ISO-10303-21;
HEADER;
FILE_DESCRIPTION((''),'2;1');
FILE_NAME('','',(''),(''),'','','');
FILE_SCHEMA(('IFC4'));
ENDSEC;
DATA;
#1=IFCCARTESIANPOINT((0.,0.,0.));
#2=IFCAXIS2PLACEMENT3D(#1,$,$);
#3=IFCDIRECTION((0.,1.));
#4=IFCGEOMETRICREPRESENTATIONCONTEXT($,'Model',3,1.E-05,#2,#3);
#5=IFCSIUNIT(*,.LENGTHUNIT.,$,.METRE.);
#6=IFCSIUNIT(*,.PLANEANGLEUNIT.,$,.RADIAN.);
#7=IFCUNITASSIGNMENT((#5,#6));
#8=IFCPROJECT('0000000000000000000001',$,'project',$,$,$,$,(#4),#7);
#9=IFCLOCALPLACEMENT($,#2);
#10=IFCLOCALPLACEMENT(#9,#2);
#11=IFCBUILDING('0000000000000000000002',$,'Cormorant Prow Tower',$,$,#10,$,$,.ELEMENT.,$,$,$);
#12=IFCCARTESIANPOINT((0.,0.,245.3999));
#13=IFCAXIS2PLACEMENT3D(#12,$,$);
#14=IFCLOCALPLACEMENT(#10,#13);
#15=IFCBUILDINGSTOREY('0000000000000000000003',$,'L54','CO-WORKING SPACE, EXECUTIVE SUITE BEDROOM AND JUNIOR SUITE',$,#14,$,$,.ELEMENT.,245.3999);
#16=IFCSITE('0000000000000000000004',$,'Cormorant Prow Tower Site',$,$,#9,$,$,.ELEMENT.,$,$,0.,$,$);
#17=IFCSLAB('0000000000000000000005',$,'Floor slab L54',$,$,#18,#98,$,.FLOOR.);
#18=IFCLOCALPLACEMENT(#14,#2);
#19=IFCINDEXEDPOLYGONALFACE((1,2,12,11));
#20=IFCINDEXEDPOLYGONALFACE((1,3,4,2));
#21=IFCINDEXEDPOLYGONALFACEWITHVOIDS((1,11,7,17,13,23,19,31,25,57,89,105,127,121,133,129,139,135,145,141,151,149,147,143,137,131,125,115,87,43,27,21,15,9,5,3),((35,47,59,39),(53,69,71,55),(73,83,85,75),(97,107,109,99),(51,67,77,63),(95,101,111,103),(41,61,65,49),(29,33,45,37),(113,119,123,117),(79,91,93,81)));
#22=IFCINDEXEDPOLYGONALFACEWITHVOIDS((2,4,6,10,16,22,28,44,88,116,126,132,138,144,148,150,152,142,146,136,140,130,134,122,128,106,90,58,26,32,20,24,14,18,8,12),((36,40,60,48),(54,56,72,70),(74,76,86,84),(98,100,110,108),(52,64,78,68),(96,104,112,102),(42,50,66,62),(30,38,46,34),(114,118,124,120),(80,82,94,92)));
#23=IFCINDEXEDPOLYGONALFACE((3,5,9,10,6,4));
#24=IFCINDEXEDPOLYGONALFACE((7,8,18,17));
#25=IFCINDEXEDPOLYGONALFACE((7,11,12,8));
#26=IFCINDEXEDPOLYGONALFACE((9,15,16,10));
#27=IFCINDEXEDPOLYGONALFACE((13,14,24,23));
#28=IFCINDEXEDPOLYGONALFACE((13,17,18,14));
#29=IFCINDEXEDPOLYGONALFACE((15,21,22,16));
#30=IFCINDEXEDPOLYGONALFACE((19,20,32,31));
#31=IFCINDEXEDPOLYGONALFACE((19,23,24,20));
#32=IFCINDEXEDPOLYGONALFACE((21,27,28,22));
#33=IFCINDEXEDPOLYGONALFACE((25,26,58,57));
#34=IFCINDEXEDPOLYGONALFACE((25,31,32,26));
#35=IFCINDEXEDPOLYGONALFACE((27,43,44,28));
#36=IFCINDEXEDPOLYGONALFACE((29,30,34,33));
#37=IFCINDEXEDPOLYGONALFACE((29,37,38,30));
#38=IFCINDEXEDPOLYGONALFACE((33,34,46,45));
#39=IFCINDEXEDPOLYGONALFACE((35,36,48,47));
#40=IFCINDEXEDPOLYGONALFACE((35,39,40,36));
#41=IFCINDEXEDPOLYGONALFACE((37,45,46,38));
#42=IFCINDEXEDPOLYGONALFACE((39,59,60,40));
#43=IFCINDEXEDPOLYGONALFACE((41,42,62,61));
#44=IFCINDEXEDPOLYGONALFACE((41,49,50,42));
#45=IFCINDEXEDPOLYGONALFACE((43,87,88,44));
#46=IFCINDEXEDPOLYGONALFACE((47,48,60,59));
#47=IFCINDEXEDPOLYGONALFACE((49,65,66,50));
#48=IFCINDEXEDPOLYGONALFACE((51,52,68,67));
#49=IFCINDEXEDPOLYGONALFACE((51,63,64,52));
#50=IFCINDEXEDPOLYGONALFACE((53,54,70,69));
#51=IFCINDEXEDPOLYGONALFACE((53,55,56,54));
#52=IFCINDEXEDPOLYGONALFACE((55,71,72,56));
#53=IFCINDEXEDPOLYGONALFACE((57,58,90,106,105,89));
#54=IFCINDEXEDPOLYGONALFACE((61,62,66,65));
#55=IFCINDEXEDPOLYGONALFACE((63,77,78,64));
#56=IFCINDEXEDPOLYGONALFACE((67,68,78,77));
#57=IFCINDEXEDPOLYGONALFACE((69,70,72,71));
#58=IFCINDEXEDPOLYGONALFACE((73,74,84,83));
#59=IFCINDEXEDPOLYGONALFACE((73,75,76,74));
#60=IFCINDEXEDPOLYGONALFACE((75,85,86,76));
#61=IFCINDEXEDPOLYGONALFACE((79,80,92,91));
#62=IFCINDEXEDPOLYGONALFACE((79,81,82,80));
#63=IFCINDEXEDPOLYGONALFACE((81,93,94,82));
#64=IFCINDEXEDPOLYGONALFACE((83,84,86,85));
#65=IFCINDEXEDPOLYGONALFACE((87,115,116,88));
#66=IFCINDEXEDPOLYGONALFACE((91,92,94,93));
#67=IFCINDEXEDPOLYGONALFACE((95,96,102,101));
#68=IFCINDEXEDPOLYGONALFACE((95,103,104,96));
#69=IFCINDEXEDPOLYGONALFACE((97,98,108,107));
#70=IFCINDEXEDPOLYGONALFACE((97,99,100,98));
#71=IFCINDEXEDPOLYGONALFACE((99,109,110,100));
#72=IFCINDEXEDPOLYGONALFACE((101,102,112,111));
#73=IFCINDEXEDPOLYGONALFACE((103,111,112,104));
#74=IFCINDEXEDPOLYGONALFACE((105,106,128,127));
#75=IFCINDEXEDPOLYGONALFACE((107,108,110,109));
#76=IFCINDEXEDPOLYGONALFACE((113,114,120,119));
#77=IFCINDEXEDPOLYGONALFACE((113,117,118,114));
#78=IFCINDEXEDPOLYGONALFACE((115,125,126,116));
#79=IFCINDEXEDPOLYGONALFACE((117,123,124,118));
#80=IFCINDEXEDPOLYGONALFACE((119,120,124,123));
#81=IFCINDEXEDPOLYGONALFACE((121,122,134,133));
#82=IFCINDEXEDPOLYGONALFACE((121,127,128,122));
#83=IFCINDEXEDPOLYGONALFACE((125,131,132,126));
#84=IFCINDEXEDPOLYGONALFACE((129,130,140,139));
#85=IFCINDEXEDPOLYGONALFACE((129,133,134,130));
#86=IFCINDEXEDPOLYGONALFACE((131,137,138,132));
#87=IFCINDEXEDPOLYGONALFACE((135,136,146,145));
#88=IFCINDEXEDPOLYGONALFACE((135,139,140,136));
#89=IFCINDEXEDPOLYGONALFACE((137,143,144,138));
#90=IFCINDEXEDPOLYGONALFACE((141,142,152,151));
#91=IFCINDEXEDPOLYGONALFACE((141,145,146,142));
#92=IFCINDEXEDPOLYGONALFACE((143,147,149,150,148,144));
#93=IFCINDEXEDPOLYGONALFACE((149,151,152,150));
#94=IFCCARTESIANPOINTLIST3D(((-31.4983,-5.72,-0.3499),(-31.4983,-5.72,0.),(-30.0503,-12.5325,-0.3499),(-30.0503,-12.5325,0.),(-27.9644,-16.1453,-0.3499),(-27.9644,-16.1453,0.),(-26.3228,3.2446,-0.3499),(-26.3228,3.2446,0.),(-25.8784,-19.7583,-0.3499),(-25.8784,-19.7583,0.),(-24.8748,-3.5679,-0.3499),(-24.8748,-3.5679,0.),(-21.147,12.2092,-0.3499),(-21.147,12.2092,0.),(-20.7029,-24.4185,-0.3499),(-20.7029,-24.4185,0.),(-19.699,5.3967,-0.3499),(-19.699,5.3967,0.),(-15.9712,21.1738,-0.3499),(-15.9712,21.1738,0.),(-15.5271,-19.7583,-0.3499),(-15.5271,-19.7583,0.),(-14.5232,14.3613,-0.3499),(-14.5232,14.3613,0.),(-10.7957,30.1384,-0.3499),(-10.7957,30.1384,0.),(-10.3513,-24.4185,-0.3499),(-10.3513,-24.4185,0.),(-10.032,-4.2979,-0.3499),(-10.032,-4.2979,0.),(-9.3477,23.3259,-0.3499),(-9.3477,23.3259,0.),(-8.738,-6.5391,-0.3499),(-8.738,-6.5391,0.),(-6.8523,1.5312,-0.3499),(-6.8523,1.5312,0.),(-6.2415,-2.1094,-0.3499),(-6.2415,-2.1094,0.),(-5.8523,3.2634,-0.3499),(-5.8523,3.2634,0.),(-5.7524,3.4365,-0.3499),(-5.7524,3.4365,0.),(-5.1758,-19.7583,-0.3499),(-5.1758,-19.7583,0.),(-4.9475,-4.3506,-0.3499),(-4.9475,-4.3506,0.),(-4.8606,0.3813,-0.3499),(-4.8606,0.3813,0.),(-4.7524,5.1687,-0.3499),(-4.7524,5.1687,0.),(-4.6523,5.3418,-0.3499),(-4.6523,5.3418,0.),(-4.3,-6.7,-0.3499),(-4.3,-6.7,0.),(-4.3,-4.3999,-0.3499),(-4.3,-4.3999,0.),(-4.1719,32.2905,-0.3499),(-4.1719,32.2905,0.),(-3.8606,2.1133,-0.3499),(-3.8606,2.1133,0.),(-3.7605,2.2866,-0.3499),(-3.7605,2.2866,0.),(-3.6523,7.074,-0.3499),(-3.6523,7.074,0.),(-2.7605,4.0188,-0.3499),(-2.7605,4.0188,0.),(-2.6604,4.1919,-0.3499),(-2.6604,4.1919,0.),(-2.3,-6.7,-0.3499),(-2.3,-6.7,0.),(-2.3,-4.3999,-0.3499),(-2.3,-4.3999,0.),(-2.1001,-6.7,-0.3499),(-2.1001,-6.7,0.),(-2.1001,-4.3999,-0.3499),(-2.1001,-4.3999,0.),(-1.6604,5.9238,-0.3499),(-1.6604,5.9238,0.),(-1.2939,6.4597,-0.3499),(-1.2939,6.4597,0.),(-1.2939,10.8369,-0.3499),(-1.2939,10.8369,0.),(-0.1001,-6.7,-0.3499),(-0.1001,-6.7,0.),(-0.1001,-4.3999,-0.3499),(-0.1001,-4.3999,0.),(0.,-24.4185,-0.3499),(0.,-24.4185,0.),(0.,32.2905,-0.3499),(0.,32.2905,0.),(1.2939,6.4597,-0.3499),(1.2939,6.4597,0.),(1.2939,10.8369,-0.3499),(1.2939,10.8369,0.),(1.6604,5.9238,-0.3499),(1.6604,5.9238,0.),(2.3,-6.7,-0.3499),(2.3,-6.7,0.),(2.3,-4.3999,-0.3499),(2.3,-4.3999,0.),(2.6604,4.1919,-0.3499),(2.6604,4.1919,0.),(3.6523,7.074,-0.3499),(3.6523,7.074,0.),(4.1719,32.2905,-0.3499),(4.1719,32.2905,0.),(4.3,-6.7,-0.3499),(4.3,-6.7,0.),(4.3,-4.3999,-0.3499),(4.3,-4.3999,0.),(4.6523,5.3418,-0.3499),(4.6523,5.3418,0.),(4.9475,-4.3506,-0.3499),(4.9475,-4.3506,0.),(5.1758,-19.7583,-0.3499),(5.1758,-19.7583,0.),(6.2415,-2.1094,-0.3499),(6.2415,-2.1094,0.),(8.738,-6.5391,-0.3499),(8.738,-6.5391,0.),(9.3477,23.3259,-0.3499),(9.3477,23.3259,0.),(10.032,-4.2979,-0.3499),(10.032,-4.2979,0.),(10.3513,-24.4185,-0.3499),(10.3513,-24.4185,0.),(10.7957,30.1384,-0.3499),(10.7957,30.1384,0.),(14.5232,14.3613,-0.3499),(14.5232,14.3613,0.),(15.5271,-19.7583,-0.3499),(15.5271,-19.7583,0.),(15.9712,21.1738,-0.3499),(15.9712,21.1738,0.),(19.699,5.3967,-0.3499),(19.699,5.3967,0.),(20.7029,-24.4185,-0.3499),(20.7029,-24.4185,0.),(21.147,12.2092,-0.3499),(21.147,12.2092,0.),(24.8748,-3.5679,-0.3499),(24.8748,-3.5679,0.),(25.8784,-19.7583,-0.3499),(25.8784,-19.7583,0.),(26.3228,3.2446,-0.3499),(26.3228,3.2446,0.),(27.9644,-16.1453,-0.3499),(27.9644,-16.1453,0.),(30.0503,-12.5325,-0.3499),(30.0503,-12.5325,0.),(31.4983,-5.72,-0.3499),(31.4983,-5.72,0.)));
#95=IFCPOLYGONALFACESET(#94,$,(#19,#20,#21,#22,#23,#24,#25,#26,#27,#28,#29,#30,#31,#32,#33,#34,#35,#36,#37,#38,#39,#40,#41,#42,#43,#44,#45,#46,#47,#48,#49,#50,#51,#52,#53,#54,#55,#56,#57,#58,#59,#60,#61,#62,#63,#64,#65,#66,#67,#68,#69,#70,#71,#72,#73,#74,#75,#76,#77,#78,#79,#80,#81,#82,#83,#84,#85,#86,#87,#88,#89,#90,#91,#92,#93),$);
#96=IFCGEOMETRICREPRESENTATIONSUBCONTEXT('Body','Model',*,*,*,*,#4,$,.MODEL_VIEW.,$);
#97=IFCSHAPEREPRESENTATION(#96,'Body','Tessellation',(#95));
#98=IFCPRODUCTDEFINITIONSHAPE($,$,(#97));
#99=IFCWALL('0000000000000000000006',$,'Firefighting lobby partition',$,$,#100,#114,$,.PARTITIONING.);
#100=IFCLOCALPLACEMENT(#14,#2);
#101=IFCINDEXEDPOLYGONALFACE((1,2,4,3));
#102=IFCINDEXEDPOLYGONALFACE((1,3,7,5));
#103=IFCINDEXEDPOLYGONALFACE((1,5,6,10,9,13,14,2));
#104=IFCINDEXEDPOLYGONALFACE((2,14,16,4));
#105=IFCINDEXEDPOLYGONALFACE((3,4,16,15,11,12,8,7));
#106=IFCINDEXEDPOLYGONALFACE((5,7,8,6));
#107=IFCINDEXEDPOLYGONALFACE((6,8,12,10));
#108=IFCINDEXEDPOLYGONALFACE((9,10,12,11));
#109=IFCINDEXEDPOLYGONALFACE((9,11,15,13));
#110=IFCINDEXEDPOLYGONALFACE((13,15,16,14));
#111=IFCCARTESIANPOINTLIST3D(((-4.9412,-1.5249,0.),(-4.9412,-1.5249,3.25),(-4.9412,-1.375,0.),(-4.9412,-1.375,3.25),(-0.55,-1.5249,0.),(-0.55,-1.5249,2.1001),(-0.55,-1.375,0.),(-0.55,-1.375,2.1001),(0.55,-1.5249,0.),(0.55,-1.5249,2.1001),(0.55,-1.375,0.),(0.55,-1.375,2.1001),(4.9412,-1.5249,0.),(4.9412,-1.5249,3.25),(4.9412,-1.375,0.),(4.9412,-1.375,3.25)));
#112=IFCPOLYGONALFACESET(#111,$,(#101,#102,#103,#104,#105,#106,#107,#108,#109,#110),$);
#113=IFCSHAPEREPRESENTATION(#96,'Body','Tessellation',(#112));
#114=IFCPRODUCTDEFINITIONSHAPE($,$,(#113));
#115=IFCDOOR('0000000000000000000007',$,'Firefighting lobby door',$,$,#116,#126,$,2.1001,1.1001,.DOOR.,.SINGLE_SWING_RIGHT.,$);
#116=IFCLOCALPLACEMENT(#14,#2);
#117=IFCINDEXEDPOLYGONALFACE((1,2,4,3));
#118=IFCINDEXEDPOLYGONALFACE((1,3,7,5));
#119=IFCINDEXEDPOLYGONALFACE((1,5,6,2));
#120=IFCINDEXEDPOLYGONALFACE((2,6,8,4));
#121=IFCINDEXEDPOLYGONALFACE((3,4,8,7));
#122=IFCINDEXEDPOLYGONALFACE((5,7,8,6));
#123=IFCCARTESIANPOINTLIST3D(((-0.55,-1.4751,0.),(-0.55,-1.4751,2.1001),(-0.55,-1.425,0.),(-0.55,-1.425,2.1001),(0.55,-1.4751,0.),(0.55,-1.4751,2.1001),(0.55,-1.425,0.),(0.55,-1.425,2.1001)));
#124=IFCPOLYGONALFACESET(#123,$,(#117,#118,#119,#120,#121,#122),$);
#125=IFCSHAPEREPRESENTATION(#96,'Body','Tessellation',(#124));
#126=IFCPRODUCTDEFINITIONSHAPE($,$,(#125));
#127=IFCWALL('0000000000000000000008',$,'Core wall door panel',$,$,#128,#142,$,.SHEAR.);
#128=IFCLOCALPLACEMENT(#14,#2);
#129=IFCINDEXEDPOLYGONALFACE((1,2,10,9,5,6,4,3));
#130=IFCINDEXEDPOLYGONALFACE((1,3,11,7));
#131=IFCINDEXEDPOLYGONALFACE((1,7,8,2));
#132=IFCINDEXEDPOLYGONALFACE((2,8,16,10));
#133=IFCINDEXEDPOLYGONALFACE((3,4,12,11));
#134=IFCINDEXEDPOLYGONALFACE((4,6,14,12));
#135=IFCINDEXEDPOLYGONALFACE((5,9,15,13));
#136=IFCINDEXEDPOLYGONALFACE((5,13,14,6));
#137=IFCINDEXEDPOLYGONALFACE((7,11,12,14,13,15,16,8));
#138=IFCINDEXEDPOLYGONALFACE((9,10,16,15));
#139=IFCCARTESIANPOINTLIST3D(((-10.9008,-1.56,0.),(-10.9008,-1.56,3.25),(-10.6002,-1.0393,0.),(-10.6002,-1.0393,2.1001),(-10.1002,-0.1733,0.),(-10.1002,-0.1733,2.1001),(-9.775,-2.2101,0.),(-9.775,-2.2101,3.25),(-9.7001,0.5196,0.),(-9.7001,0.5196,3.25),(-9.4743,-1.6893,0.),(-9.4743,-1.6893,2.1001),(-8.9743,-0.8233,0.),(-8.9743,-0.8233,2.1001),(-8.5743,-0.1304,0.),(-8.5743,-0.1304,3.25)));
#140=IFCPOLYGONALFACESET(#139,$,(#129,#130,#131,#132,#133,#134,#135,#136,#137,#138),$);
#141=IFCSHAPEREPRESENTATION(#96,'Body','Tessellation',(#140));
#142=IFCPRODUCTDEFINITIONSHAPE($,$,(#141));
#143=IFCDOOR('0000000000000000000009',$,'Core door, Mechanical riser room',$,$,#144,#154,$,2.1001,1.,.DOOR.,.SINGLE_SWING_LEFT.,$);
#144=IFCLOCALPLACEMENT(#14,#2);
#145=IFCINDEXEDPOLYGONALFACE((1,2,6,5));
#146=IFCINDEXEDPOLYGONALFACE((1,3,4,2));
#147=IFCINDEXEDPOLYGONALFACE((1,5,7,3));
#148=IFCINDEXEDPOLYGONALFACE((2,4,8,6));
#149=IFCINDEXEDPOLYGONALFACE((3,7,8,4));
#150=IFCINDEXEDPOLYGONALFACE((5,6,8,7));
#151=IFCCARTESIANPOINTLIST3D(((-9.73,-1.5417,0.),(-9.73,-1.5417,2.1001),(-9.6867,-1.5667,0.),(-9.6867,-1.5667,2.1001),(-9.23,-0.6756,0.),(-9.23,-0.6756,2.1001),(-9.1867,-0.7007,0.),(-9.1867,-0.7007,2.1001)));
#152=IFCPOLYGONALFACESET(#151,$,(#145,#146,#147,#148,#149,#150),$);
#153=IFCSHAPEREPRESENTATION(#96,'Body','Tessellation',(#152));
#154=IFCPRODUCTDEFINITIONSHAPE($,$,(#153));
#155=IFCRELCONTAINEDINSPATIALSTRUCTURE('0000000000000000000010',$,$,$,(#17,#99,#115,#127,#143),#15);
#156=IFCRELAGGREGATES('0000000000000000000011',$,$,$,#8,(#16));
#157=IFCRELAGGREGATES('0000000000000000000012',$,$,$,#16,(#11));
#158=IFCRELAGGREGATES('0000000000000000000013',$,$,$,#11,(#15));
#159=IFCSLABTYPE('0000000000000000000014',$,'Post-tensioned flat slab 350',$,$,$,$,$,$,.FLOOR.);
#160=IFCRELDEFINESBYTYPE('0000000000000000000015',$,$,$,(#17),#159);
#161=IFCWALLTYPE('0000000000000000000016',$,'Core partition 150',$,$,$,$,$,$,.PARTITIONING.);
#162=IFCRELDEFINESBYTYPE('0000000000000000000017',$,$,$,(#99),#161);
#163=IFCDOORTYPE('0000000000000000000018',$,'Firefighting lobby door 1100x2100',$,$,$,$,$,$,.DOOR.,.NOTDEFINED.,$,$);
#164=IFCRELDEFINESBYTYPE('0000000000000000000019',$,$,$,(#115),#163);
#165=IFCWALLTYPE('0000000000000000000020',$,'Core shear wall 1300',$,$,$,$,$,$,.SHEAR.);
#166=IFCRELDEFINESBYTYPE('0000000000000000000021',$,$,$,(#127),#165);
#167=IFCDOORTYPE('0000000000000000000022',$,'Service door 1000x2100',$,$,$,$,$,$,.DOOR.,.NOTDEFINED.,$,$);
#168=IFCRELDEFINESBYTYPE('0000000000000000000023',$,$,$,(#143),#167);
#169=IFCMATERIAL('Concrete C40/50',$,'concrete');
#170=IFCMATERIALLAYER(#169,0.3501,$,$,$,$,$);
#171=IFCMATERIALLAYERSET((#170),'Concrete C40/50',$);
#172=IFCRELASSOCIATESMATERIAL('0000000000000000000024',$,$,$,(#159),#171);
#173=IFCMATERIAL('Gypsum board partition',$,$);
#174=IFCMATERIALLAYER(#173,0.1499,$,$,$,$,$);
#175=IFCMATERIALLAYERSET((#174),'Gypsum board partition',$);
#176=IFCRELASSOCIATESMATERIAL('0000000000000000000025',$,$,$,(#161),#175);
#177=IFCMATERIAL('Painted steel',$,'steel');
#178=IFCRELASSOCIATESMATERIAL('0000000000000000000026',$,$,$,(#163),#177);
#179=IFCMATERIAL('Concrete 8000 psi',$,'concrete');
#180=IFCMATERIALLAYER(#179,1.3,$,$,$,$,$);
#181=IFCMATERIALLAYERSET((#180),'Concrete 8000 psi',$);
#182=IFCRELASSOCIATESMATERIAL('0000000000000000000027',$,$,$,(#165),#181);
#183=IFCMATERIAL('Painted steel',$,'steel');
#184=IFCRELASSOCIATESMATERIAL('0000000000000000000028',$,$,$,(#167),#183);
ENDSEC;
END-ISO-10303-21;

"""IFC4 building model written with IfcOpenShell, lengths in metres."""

from ifc_helpers import new_model, si_unit, direction, frame, frame_2d, origin, place, context, subcontext, project, spatial, polyline, rectangle, outline, extrude, material, layer, layer_set, type_object, element, fill, save


model = new_model("IFC4")

# Units and contexts
model_context = context("Model", 3, precision=1e-05, world=origin(), true_north=direction((0.0, 1.0)))
body_context = subcontext(model_context, "Body", "Model", "MODEL_VIEW")
ifc_project = project(units=[si_unit("LENGTHUNIT", "METRE"), si_unit("PLANEANGLEUNIT", "RADIAN")], contexts=[model_context])

# Site, building, storey
site_placement = place(None, origin())
site = spatial("IfcSite", under=ifc_project, at=site_placement, Name="Cormorant Prow Tower Site", CompositionType="ELEMENT", RefElevation=0.0)
building_placement = place(site_placement, origin())
building = spatial("IfcBuilding", under=site, at=building_placement, Name="Cormorant Prow Tower", CompositionType="ELEMENT")
storey_placement = place(building_placement, frame((0.0, 0.0, 245.3999)))
storey = spatial("IfcBuildingStorey", under=building, at=storey_placement, Name="L54", Description="CO-WORKING SPACE, EXECUTIVE SUITE BEDROOM AND JUNIOR SUITE", CompositionType="ELEMENT", Elevation=245.3999)

# Slab
ifc_material_1 = material(Name="Concrete C40/50", Category="concrete")
ifc_layer_1 = layer(ifc_material_1, 0.3501)
ifc_layer_set_1 = layer_set([ifc_layer_1], Name="Concrete C40/50")
slab_type_1 = type_object("IfcSlabType", Name="Post-tensioned flat slab 350", PredefinedType="FLOOR", material=ifc_layer_set_1)
slab_1_placement = place(storey_placement, frame((0.0, 0.0, -0.3499)))
element("IfcSlab", 1, at=slab_1_placement, inside=storey, type_object=slab_type_1, Name="Floor slab L54", PredefinedType="FLOOR", context=body_context, shape_type="SweptSolid", body=[
    extrude(outline(polyline([(-9.3477, 23.3259), (-15.9712, 21.1738), (-14.5232, 14.3613), (-21.147, 12.2092), (-19.699, 5.3967), (-26.3228, 3.2446), (-24.8748, -3.5679), (-31.4983, -5.72), (-30.0503, -12.5325), (-27.9644, -16.1453), (-25.8784, -19.7583), (-20.7029, -24.4185), (-15.5271, -19.7583), (-10.3513, -24.4185), (-5.1758, -19.7583), (0.0, -24.4185), (5.1758, -19.7583), (10.3513, -24.4185), (15.5271, -19.7583), (20.7029, -24.4185), (25.8784, -19.7583), (27.9644, -16.1453), (30.0503, -12.5325), (31.4983, -5.72), (24.8748, -3.5679), (26.3228, 3.2446), (19.699, 5.3967), (21.147, 12.2092), (14.5232, 14.3613), (15.9712, 21.1738), (9.3477, 23.3259), (10.7957, 30.1384), (4.1719, 32.2905), (0.0, 32.2905), (-4.1719, 32.2905), (-10.7957, 30.1384), (-9.3477, 23.3259)]), holes=[polyline([(-4.3, -4.3999), (-2.3, -4.3999), (-2.3, -6.7), (-4.3, -6.7), (-4.3, -4.3999)]), polyline([(-0.1001, -4.3999), (-0.1001, -6.7), (-2.1001, -6.7), (-2.1001, -4.3999), (-0.1001, -4.3999)]), polyline([(4.3, -6.7), (2.3, -6.7), (2.3, -4.3999), (4.3, -4.3999), (4.3, -6.7)]), polyline([(4.6523, 5.3418), (2.6604, 4.1919), (1.6604, 5.9238), (3.6523, 7.074), (4.6523, 5.3418)]), polyline([(-1.6604, 5.9238), (-2.6604, 4.1919), (-4.6523, 5.3418), (-3.6523, 7.074), (-1.6604, 5.9238)]), polyline([(-3.7605, 2.2866), (-5.7524, 3.4365), (-4.7524, 5.1687), (-2.7605, 4.0188), (-3.7605, 2.2866)]), polyline([(-6.8523, 1.5312), (-5.8523, 3.2634), (-3.8606, 2.1133), (-4.8606, 0.3813), (-6.8523, 1.5312)]), polyline([(-4.9475, -4.3506), (-8.738, -6.5391), (-10.032, -4.2979), (-6.2415, -2.1094), (-4.9475, -4.3506)]), polyline([(10.032, -4.2979), (8.738, -6.5391), (4.9475, -4.3506), (6.2415, -2.1094), (10.032, -4.2979)]), polyline([(1.2939, 10.8369), (1.2939, 6.4597), (-1.2939, 6.4597), (-1.2939, 10.8369), (1.2939, 10.8369)])]), origin(), (0.0, 0.0, 1.0), 0.3499),
])

# Walls, openings, doors
ifc_material_2 = material(Name="Gypsum board partition")
ifc_layer_2 = layer(ifc_material_2, 0.1499)
ifc_layer_set_2 = layer_set([ifc_layer_2], Name="Gypsum board partition")
wall_type_1 = type_object("IfcWallType", Name="Core partition 150", PredefinedType="PARTITIONING", material=ifc_layer_set_2)
wall_1_placement = place(storey_placement, frame((-4.9412, -1.45, 0.0), z_axis=(0.0, 0.0, 1.0), x_axis=(1.0, 0.0, 0.0)))
wall_1 = element("IfcWall", 2, at=wall_1_placement, inside=storey, type_object=wall_type_1, Name="Firefighting lobby partition", PredefinedType="PARTITIONING", context=body_context, shape_type="SweptSolid", body=[
    extrude(rectangle(XDim=9.8823, YDim=0.1499, at=frame_2d((4.9412, 0.0))), origin(), (0.0, 0.0, 1.0), 3.25),
])
opening_1_placement = place(wall_1_placement, frame((4.3911, 0.0, 0.0)))
opening_1 = element("IfcOpeningElement", 3, at=opening_1_placement, cuts=wall_1, PredefinedType="OPENING", context=body_context, shape_type="SweptSolid", body=[
    extrude(rectangle(XDim=1.1001, YDim=2.1001, at=frame_2d((0.55, 1.05))), frame((0.0, 0.085, 0.0), z_axis=(0.0, -1.0, 0.0), x_axis=(1.0, 0.0, 0.0)), (0.0, 0.0, 1.0), 0.1699),
])
ifc_material_3 = material(Name="Painted steel", Category="steel")
door_type_1 = type_object("IfcDoorType", Name="Firefighting lobby door 1100x2100", OperationType="NOTDEFINED", PredefinedType="DOOR", material=ifc_material_3)
door_1_placement = place(opening_1_placement, origin())
door_1 = element("IfcDoor", 4, at=door_1_placement, inside=storey, type_object=door_type_1, Name="Firefighting lobby door", OperationType="SINGLE_SWING_RIGHT", OverallHeight=2.1001, OverallWidth=1.1001, PredefinedType="DOOR", context=body_context, shape_type="SweptSolid", body=[
    extrude(rectangle(XDim=1.1001, YDim=2.1001, at=frame_2d((0.55, 1.05))), frame((0.0, 0.0249, 0.0), z_axis=(0.0, -1.0, 0.0), x_axis=(1.0, 0.0, 0.0)), (0.0, 0.0, 1.0), 0.05),
])
fill(opening_1, door_1)
ifc_material_4 = material(Name="Concrete 8000 psi", Category="concrete")
ifc_layer_3 = layer(ifc_material_4, 1.3)
ifc_layer_set_3 = layer_set([ifc_layer_3], Name="Concrete 8000 psi")
wall_type_2 = type_object("IfcWallType", Name="Core shear wall 1300", PredefinedType="SHEAR", material=ifc_layer_set_3)
wall_2_placement = place(storey_placement, frame((-9.1372, 0.1946, 0.0), z_axis=(0.0, 0.0, 1.0), x_axis=(-0.50001, -0.86602, 0.0)))
wall_2 = element("IfcWall", 5, at=wall_2_placement, inside=storey, type_object=wall_type_2, Name="Core wall door panel", PredefinedType="SHEAR", context=body_context, shape_type="SweptSolid", body=[
    extrude(rectangle(XDim=2.4014, YDim=1.3, at=frame_2d((1.2007, 0.0))), origin(), (0.0, 0.0, 1.0), 3.25),
])
opening_2_placement = place(wall_2_placement, frame((0.8, 0.0, 0.0)))
opening_2 = element("IfcOpeningElement", 6, at=opening_2_placement, cuts=wall_2, PredefinedType="OPENING", context=body_context, shape_type="SweptSolid", body=[
    extrude(rectangle(XDim=1.0, YDim=2.1001, at=frame_2d((0.5, 1.05))), frame((0.0, 0.6599, 0.0), z_axis=(0.0, -1.0, 0.0), x_axis=(1.0, 0.0, 0.0)), (0.0, 0.0, 1.0), 1.3201),
])
ifc_material_5 = material(Name="Painted steel", Category="steel")
door_type_2 = type_object("IfcDoorType", Name="Service door 1000x2100", OperationType="NOTDEFINED", PredefinedType="DOOR", material=ifc_material_5)
door_2_placement = place(opening_2_placement, origin())
door_2 = element("IfcDoor", 7, at=door_2_placement, inside=storey, type_object=door_type_2, Name="Core door, Mechanical riser room", OperationType="SINGLE_SWING_LEFT", OverallHeight=2.1001, OverallWidth=1.0, PredefinedType="DOOR", context=body_context, shape_type="SweptSolid", body=[
    extrude(rectangle(XDim=1.0, YDim=2.1001, at=frame_2d((0.5, 1.05))), frame((0.0, 0.4048, 0.0), z_axis=(0.0, -1.0, 0.0), x_axis=(1.0, 0.0, 0.0)), (0.0, 0.0, 1.0), 0.05),
])
fill(opening_2, door_2)

save(model, "model.ifc")
